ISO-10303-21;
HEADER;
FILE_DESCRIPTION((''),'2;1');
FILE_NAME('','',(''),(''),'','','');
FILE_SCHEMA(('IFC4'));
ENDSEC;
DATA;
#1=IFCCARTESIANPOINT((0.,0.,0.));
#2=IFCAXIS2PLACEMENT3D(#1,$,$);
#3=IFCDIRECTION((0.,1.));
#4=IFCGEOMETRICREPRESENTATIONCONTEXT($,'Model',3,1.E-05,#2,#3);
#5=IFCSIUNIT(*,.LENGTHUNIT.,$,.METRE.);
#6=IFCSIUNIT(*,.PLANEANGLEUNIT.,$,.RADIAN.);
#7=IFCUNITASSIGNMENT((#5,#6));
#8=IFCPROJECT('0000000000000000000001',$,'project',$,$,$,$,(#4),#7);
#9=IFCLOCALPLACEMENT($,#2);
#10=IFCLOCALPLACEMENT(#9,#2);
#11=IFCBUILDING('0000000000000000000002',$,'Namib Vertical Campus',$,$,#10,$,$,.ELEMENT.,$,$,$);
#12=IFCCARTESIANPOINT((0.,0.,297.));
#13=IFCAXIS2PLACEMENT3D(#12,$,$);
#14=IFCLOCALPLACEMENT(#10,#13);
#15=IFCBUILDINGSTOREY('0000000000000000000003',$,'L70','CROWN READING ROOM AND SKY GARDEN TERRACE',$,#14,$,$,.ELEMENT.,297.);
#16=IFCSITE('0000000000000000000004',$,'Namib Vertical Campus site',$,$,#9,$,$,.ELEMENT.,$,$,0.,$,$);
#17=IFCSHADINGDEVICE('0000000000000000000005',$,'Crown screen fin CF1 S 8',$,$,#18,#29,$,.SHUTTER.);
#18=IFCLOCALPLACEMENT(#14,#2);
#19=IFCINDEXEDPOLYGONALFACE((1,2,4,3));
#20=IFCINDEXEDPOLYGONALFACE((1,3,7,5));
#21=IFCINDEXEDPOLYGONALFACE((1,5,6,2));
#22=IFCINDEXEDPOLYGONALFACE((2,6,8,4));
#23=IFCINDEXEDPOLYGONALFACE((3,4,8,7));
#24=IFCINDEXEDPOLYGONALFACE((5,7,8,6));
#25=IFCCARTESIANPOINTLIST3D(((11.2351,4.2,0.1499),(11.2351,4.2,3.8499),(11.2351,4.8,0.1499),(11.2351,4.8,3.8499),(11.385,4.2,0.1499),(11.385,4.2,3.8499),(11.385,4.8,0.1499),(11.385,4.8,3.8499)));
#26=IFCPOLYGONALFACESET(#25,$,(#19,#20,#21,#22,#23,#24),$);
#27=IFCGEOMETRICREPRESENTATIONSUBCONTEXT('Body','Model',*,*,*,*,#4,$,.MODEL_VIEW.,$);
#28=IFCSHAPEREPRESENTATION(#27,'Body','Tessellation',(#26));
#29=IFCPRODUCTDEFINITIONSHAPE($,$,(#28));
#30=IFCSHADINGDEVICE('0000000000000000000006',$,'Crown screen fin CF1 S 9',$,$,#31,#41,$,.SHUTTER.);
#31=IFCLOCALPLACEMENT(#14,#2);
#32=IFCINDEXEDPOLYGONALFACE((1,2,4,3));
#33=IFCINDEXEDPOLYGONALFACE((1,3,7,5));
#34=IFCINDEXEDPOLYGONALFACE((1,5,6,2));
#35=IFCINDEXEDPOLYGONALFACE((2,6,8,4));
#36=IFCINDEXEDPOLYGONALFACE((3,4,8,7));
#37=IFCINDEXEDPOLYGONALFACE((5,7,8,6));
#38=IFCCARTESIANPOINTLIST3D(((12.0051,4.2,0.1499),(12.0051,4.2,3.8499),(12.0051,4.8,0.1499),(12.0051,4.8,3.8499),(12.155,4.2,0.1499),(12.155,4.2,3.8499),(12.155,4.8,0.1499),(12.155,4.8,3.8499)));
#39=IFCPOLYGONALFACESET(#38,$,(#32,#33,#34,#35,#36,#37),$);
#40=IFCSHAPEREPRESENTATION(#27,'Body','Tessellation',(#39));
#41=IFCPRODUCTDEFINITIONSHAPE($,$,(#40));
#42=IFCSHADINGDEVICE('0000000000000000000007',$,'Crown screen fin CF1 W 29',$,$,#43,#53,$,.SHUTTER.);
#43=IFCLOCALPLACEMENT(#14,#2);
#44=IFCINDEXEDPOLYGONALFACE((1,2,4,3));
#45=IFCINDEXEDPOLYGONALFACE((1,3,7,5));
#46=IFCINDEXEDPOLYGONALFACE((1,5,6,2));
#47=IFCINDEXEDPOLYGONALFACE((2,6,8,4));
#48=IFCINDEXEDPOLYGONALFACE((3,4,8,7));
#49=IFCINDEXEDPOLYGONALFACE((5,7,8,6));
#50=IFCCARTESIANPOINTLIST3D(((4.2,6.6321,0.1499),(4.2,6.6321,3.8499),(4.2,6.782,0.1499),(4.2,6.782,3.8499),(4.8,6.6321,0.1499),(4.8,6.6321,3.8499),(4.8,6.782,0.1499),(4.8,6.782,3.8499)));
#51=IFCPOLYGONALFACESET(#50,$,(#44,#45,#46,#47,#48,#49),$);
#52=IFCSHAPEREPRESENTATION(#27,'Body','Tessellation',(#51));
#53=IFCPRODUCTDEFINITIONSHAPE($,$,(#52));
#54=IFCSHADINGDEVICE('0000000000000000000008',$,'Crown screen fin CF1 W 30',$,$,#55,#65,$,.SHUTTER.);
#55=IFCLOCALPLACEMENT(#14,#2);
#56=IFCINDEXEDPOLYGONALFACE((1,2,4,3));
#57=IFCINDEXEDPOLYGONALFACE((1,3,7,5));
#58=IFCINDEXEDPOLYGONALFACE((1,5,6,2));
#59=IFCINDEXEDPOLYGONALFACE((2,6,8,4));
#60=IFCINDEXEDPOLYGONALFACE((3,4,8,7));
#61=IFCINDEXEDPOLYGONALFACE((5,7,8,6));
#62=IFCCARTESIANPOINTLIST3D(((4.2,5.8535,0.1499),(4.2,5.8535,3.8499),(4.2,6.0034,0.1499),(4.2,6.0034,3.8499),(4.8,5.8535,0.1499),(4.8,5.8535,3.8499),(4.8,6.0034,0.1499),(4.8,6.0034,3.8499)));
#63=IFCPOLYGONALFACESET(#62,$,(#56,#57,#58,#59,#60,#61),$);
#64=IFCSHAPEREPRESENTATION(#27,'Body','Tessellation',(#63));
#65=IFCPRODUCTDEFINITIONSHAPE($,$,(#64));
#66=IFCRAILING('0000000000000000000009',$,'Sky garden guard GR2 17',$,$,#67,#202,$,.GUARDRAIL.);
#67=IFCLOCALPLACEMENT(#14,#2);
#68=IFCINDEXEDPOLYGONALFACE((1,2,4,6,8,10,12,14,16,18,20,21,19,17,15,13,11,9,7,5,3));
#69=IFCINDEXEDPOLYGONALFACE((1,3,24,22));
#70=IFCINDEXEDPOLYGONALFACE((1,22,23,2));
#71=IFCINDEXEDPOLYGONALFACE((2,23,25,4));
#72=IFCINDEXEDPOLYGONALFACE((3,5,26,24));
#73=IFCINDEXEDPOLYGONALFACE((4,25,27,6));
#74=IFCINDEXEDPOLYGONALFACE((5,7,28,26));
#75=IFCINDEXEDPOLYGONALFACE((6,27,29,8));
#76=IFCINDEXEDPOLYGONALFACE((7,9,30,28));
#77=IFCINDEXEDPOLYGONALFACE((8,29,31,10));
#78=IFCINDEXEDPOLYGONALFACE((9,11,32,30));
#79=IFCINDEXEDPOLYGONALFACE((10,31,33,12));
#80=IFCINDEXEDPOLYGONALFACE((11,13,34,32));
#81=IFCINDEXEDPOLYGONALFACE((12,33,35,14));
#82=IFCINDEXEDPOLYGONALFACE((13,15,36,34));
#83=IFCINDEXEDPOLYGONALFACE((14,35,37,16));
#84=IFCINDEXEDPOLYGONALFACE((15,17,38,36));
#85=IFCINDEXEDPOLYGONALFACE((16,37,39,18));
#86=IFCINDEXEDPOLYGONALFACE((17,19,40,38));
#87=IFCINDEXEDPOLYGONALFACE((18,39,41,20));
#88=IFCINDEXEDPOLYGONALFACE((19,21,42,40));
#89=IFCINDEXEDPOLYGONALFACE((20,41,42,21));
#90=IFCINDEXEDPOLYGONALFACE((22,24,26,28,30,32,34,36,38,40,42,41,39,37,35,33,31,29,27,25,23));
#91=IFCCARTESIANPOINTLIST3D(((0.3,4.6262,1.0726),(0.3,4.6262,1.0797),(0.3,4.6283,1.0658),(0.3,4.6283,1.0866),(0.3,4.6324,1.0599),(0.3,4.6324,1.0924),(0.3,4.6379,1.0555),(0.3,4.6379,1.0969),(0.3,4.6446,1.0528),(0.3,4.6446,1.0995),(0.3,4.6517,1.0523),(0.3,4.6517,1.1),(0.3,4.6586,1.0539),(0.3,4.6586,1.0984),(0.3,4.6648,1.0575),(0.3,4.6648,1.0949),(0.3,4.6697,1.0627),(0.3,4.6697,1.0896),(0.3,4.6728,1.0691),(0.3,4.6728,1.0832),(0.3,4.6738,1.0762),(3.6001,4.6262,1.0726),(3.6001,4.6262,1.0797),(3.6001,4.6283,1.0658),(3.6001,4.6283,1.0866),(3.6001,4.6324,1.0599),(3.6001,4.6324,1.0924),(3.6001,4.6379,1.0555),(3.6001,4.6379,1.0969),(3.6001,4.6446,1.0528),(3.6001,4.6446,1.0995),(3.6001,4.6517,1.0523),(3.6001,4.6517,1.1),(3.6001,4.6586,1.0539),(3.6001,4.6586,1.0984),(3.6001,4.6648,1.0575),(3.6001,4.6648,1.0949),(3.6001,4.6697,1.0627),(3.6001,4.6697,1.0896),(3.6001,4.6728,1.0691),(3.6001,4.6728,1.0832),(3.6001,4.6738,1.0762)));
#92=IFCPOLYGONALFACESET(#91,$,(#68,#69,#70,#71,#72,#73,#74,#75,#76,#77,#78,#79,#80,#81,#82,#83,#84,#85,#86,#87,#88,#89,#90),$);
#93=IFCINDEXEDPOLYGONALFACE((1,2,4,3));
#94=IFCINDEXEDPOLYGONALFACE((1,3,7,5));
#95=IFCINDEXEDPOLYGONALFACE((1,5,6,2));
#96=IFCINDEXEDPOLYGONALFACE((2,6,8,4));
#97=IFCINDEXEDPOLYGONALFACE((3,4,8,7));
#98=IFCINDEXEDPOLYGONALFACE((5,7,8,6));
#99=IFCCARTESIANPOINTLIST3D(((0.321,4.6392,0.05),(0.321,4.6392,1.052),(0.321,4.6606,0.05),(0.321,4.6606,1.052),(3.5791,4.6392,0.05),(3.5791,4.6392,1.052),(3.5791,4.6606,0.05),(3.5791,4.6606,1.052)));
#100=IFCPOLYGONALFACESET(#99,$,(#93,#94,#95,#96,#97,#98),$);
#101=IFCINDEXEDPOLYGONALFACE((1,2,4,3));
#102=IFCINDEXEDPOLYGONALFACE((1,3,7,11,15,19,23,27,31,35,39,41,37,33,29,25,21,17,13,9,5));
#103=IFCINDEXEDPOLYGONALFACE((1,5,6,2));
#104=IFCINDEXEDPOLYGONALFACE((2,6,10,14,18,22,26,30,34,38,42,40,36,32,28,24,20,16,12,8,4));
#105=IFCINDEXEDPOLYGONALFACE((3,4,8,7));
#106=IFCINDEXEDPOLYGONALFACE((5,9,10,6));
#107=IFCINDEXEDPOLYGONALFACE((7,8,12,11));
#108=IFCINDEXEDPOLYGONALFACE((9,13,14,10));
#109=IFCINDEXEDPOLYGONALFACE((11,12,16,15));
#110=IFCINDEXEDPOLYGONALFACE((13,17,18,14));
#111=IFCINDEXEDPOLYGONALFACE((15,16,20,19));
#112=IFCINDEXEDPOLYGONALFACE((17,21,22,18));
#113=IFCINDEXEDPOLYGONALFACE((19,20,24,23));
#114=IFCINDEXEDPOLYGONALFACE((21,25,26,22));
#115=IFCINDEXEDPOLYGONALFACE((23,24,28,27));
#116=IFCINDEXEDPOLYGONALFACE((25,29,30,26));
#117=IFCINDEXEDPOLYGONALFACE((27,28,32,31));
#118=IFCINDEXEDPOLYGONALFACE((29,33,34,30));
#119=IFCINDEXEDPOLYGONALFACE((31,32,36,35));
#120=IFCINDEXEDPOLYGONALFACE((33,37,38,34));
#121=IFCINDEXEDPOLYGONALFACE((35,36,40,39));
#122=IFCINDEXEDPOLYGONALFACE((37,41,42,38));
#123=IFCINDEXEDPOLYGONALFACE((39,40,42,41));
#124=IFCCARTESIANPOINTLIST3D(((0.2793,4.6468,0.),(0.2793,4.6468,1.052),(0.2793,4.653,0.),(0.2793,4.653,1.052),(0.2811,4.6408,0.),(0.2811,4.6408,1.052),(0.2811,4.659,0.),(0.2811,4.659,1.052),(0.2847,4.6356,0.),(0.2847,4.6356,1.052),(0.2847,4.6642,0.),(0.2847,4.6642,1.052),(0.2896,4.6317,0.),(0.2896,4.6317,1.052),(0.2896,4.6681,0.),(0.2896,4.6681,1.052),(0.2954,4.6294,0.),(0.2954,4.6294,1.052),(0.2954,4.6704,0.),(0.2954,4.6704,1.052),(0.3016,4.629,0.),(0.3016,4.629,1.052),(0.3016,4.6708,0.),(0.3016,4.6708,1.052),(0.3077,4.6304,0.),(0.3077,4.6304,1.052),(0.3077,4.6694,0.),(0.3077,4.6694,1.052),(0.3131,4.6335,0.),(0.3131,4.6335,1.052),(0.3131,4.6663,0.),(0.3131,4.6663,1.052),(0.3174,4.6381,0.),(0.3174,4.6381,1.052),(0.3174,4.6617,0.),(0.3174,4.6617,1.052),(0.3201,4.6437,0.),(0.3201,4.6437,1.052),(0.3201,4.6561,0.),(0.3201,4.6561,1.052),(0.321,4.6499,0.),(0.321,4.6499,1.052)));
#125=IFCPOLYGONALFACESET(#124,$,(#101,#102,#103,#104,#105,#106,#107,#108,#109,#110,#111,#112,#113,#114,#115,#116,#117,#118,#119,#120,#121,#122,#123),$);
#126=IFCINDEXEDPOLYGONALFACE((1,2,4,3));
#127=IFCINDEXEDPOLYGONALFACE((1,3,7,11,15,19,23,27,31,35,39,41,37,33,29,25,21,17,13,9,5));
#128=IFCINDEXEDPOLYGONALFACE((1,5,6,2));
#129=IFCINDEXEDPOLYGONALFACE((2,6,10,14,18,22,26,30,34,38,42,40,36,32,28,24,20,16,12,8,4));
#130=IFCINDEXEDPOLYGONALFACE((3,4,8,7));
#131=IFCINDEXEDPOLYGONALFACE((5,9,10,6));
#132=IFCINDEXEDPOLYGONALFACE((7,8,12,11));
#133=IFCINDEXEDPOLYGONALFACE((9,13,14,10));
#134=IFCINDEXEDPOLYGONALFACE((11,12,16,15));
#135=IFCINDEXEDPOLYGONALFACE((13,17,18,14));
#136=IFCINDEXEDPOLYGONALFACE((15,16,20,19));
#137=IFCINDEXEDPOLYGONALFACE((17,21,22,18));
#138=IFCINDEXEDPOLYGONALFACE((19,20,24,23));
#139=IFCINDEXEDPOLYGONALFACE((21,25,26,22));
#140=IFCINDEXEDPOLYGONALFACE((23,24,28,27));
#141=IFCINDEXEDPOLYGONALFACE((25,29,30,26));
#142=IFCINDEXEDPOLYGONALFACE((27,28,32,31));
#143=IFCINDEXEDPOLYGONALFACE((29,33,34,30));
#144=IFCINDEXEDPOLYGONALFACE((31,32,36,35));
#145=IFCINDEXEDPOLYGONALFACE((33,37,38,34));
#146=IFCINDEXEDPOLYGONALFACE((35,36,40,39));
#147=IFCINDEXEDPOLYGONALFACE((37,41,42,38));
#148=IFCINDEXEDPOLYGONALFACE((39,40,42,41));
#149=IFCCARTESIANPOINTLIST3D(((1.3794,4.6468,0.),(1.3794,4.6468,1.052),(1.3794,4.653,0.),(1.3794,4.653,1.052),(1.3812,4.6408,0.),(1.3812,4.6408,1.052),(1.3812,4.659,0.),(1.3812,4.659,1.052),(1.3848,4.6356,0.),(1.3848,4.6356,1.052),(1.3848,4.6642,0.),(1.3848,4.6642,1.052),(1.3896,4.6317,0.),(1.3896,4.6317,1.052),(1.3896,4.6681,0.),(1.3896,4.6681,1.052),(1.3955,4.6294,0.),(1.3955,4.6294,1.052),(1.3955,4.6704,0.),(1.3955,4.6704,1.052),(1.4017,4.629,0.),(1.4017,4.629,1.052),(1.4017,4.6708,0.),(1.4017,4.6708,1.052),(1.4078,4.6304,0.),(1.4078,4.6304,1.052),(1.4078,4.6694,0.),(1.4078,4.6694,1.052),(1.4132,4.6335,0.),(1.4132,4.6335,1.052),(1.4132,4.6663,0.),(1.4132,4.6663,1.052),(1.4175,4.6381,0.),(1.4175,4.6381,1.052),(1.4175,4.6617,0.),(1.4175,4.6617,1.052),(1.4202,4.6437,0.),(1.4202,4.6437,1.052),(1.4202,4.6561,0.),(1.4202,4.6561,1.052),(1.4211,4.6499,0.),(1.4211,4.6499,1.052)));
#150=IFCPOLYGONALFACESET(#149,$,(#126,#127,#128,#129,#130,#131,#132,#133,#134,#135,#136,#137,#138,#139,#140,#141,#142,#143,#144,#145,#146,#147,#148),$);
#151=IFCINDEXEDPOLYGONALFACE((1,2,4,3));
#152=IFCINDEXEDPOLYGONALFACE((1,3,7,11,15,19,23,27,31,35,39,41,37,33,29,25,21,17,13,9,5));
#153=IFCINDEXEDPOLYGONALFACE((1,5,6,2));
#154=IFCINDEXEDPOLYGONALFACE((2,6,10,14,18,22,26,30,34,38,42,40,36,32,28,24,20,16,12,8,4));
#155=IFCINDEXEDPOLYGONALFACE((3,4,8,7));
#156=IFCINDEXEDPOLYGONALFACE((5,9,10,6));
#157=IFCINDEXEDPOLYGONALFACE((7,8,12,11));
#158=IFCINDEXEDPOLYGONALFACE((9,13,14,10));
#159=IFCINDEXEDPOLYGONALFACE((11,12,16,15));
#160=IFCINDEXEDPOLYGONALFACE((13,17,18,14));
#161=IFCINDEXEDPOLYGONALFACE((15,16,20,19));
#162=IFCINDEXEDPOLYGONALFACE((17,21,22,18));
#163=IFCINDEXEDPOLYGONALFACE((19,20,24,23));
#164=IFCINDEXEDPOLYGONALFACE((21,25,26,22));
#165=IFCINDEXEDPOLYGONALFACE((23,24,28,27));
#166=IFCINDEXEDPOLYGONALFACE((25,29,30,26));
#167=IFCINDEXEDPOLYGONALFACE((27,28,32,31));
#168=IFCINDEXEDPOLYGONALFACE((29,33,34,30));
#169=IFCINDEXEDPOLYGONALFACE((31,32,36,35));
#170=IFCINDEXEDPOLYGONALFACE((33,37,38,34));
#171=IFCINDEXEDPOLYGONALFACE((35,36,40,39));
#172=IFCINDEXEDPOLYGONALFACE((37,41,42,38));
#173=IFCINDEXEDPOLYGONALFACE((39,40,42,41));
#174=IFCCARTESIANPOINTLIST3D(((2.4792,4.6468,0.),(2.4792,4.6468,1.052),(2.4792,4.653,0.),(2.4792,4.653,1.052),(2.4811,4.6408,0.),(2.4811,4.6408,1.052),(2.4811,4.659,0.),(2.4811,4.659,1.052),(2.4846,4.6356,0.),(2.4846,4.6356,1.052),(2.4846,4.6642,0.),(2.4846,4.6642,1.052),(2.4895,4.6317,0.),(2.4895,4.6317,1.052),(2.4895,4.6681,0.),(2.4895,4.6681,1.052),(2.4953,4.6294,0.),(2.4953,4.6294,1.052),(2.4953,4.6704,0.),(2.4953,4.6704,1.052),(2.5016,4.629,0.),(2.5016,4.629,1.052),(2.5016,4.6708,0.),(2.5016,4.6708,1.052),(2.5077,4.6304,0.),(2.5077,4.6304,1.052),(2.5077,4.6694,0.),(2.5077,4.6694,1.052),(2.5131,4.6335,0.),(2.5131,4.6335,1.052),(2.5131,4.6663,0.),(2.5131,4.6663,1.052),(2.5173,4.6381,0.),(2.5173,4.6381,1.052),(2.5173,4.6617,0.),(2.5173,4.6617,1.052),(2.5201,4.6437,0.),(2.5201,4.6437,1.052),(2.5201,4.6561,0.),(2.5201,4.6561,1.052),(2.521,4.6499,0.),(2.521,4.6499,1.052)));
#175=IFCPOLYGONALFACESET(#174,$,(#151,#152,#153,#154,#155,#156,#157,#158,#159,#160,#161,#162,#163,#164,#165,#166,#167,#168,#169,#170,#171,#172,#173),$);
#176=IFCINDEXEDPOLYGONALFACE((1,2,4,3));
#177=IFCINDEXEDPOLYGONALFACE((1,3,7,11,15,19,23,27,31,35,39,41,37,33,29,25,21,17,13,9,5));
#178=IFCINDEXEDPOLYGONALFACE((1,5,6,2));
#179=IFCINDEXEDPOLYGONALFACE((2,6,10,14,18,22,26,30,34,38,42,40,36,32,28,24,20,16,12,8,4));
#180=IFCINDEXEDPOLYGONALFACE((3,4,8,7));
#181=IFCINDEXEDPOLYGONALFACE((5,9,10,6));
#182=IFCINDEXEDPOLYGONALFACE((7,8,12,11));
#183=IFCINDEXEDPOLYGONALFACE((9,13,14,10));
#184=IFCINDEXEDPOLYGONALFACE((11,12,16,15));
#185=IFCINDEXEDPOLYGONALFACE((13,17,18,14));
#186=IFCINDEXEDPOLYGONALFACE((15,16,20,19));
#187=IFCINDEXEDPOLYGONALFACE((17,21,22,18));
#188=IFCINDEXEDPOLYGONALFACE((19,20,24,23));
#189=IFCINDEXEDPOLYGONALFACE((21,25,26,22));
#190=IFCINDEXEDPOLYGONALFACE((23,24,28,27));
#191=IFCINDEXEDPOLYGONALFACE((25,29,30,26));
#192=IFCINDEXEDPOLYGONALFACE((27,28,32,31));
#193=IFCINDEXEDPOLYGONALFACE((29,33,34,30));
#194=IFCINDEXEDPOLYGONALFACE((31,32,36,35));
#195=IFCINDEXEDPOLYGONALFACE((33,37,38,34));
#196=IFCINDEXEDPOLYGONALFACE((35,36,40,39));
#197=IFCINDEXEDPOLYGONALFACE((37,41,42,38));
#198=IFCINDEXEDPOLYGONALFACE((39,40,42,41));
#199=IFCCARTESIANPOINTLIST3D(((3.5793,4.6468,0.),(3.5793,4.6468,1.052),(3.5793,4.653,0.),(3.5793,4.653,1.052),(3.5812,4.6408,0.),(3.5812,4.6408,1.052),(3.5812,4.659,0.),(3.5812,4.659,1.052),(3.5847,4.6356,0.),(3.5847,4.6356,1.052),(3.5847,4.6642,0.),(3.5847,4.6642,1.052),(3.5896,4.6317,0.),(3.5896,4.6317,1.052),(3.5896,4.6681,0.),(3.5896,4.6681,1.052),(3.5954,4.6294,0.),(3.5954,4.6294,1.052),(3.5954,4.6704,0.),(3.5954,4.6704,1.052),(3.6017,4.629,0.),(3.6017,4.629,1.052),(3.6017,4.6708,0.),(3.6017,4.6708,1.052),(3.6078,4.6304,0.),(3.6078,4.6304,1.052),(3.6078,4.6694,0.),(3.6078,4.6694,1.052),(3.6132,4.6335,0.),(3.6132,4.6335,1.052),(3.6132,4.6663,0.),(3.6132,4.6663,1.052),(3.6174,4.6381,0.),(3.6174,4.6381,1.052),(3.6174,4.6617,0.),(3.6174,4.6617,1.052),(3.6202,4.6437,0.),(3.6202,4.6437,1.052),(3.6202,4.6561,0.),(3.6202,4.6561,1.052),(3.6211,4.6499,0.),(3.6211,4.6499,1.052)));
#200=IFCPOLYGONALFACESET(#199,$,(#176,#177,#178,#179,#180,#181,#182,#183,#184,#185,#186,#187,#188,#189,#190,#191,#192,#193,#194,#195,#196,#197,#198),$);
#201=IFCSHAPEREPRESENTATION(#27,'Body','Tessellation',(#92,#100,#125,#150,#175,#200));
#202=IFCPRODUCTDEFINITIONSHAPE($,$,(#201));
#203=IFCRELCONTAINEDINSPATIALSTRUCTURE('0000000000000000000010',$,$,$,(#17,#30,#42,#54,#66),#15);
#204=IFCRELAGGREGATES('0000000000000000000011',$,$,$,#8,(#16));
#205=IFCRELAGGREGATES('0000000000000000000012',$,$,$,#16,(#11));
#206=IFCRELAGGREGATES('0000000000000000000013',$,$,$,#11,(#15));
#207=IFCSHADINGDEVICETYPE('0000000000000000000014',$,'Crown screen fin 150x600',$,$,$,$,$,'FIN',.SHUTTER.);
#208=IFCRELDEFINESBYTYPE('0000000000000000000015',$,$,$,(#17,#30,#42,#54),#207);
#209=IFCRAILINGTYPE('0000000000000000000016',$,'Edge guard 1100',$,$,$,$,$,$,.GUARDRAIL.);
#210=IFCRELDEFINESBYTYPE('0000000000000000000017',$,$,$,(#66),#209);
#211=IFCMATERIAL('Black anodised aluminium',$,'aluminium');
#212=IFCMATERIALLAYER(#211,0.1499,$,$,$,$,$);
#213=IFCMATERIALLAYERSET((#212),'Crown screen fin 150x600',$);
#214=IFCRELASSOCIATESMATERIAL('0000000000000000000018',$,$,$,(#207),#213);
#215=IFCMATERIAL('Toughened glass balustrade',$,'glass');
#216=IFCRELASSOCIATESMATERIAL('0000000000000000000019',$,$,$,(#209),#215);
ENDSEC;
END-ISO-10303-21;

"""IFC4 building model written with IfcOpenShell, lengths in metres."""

from ifc_helpers import new_model, si_unit, direction, frame, origin, origin_2d, place, context, subcontext, project, spatial, polyline, rectangle, circle, outline, extrude, material, layer, layer_set, type_object, element, save


model = new_model("IFC4")

# Units and contexts
model_context = context("Model", 3, precision=1e-05, world=origin(), true_north=direction((0.0, 1.0)))
body_context = subcontext(model_context, "Body", "Model", "MODEL_VIEW")
ifc_project = project(units=[si_unit("LENGTHUNIT", "METRE"), si_unit("PLANEANGLEUNIT", "RADIAN")], contexts=[model_context])

# Site, building, storey
site_placement = place(None, origin())
site = spatial("IfcSite", under=ifc_project, at=site_placement, Name="Namib Vertical Campus site", CompositionType="ELEMENT", RefElevation=0.0)
building_placement = place(site_placement, origin())
building = spatial("IfcBuilding", under=site, at=building_placement, Name="Namib Vertical Campus", CompositionType="ELEMENT")
storey_placement = place(building_placement, frame((0.0, 0.0, 297.0)))
storey = spatial("IfcBuildingStorey", under=building, at=storey_placement, Name="L70", Description="CROWN READING ROOM AND SKY GARDEN TERRACE", CompositionType="ELEMENT", Elevation=297.0)

# Shading devices
ifc_material_1 = material(Name="Black anodised aluminium", Category="aluminium")
ifc_layer_1 = layer(ifc_material_1, 0.1499)
ifc_layer_set_1 = layer_set([ifc_layer_1], Name="Crown screen fin 150x600")
shading_device_type = type_object("IfcShadingDeviceType", Name="Crown screen fin 150x600", ElementType="FIN", PredefinedType="SHUTTER", material=ifc_layer_set_1)
for number, where, z_axis, x_axis, name in (
    (1, (11.3101, 4.5, 0.1499), (0.0, 0.0, 1.0), (1.0, 0.0, 0.0), "Crown screen fin CF1 S 8"),
    (2, (12.0801, 4.5, 0.1499), (0.0, 0.0, 1.0), (1.0, 0.0, 0.0), "Crown screen fin CF1 S 9"),
    (3, (4.5, 6.707, 0.1499), (0.0, 0.0, 1.0), (0.0, -1.0, 0.0), "Crown screen fin CF1 W 29"),
    (4, (4.5, 5.9285, 0.1499), (0.0, 0.0, 1.0), (0.0, -1.0, 0.0), "Crown screen fin CF1 W 30"),
):
    element("IfcShadingDevice", number, at=place(storey_placement, frame(where, z_axis=z_axis, x_axis=x_axis)), inside=storey, type_object=shading_device_type, Name=name, PredefinedType="SHUTTER", context=body_context, shape_type="SweptSolid", body=[
        extrude(rectangle(XDim=0.1499, YDim=0.6001, at=origin_2d()), origin(), (0.0, 0.0, 1.0), 3.7),
    ])

# Railing
ifc_material_2 = material(Name="Toughened glass balustrade", Category="glass")
railing_type = type_object("IfcRailingType", Name="Edge guard 1100", PredefinedType="GUARDRAIL", material=ifc_material_2)
railing_1_placement = place(storey_placement, frame((0.3, 4.6499, 0.0)))
element("IfcRailing", 5, at=railing_1_placement, inside=storey, type_object=railing_type, Name="Sky garden guard GR2 17", PredefinedType="GUARDRAIL", context=body_context, shape_type="SweptSolid", body=[
    extrude(circle(Radius=0.0239, at=origin_2d()), frame((0.0, 0.0, 1.0762), z_axis=(1.0, 0.0, 0.0), x_axis=(0.0, 1.0, 0.0)), (0.0, 0.0, 1.0), 3.3),
    extrude(outline(polyline([(0.021, 0.05), (3.2791, 0.05), (3.2791, 1.052), (0.021, 1.052), (0.021, 0.05)])), frame((0.0, 0.0107, 0.0), z_axis=(0.0, -1.0, 0.0), x_axis=(1.0, 0.0, 0.0)), (0.0, 0.0, 1.0), 0.0215),
    extrude(circle(Radius=0.021, at=origin_2d()), origin(), (0.0, 0.0, 1.0), 1.052),
    extrude(circle(Radius=0.021, at=origin_2d()), frame((1.1001, 0.0, 0.0)), (0.0, 0.0, 1.0), 1.052),
    extrude(circle(Radius=0.021, at=origin_2d()), frame((2.2, 0.0, 0.0)), (0.0, 0.0, 1.0), 1.052),
    extrude(circle(Radius=0.021, at=origin_2d()), frame((3.3, 0.0, 0.0)), (0.0, 0.0, 1.0), 1.052),
])

save(model, "model.ifc")
